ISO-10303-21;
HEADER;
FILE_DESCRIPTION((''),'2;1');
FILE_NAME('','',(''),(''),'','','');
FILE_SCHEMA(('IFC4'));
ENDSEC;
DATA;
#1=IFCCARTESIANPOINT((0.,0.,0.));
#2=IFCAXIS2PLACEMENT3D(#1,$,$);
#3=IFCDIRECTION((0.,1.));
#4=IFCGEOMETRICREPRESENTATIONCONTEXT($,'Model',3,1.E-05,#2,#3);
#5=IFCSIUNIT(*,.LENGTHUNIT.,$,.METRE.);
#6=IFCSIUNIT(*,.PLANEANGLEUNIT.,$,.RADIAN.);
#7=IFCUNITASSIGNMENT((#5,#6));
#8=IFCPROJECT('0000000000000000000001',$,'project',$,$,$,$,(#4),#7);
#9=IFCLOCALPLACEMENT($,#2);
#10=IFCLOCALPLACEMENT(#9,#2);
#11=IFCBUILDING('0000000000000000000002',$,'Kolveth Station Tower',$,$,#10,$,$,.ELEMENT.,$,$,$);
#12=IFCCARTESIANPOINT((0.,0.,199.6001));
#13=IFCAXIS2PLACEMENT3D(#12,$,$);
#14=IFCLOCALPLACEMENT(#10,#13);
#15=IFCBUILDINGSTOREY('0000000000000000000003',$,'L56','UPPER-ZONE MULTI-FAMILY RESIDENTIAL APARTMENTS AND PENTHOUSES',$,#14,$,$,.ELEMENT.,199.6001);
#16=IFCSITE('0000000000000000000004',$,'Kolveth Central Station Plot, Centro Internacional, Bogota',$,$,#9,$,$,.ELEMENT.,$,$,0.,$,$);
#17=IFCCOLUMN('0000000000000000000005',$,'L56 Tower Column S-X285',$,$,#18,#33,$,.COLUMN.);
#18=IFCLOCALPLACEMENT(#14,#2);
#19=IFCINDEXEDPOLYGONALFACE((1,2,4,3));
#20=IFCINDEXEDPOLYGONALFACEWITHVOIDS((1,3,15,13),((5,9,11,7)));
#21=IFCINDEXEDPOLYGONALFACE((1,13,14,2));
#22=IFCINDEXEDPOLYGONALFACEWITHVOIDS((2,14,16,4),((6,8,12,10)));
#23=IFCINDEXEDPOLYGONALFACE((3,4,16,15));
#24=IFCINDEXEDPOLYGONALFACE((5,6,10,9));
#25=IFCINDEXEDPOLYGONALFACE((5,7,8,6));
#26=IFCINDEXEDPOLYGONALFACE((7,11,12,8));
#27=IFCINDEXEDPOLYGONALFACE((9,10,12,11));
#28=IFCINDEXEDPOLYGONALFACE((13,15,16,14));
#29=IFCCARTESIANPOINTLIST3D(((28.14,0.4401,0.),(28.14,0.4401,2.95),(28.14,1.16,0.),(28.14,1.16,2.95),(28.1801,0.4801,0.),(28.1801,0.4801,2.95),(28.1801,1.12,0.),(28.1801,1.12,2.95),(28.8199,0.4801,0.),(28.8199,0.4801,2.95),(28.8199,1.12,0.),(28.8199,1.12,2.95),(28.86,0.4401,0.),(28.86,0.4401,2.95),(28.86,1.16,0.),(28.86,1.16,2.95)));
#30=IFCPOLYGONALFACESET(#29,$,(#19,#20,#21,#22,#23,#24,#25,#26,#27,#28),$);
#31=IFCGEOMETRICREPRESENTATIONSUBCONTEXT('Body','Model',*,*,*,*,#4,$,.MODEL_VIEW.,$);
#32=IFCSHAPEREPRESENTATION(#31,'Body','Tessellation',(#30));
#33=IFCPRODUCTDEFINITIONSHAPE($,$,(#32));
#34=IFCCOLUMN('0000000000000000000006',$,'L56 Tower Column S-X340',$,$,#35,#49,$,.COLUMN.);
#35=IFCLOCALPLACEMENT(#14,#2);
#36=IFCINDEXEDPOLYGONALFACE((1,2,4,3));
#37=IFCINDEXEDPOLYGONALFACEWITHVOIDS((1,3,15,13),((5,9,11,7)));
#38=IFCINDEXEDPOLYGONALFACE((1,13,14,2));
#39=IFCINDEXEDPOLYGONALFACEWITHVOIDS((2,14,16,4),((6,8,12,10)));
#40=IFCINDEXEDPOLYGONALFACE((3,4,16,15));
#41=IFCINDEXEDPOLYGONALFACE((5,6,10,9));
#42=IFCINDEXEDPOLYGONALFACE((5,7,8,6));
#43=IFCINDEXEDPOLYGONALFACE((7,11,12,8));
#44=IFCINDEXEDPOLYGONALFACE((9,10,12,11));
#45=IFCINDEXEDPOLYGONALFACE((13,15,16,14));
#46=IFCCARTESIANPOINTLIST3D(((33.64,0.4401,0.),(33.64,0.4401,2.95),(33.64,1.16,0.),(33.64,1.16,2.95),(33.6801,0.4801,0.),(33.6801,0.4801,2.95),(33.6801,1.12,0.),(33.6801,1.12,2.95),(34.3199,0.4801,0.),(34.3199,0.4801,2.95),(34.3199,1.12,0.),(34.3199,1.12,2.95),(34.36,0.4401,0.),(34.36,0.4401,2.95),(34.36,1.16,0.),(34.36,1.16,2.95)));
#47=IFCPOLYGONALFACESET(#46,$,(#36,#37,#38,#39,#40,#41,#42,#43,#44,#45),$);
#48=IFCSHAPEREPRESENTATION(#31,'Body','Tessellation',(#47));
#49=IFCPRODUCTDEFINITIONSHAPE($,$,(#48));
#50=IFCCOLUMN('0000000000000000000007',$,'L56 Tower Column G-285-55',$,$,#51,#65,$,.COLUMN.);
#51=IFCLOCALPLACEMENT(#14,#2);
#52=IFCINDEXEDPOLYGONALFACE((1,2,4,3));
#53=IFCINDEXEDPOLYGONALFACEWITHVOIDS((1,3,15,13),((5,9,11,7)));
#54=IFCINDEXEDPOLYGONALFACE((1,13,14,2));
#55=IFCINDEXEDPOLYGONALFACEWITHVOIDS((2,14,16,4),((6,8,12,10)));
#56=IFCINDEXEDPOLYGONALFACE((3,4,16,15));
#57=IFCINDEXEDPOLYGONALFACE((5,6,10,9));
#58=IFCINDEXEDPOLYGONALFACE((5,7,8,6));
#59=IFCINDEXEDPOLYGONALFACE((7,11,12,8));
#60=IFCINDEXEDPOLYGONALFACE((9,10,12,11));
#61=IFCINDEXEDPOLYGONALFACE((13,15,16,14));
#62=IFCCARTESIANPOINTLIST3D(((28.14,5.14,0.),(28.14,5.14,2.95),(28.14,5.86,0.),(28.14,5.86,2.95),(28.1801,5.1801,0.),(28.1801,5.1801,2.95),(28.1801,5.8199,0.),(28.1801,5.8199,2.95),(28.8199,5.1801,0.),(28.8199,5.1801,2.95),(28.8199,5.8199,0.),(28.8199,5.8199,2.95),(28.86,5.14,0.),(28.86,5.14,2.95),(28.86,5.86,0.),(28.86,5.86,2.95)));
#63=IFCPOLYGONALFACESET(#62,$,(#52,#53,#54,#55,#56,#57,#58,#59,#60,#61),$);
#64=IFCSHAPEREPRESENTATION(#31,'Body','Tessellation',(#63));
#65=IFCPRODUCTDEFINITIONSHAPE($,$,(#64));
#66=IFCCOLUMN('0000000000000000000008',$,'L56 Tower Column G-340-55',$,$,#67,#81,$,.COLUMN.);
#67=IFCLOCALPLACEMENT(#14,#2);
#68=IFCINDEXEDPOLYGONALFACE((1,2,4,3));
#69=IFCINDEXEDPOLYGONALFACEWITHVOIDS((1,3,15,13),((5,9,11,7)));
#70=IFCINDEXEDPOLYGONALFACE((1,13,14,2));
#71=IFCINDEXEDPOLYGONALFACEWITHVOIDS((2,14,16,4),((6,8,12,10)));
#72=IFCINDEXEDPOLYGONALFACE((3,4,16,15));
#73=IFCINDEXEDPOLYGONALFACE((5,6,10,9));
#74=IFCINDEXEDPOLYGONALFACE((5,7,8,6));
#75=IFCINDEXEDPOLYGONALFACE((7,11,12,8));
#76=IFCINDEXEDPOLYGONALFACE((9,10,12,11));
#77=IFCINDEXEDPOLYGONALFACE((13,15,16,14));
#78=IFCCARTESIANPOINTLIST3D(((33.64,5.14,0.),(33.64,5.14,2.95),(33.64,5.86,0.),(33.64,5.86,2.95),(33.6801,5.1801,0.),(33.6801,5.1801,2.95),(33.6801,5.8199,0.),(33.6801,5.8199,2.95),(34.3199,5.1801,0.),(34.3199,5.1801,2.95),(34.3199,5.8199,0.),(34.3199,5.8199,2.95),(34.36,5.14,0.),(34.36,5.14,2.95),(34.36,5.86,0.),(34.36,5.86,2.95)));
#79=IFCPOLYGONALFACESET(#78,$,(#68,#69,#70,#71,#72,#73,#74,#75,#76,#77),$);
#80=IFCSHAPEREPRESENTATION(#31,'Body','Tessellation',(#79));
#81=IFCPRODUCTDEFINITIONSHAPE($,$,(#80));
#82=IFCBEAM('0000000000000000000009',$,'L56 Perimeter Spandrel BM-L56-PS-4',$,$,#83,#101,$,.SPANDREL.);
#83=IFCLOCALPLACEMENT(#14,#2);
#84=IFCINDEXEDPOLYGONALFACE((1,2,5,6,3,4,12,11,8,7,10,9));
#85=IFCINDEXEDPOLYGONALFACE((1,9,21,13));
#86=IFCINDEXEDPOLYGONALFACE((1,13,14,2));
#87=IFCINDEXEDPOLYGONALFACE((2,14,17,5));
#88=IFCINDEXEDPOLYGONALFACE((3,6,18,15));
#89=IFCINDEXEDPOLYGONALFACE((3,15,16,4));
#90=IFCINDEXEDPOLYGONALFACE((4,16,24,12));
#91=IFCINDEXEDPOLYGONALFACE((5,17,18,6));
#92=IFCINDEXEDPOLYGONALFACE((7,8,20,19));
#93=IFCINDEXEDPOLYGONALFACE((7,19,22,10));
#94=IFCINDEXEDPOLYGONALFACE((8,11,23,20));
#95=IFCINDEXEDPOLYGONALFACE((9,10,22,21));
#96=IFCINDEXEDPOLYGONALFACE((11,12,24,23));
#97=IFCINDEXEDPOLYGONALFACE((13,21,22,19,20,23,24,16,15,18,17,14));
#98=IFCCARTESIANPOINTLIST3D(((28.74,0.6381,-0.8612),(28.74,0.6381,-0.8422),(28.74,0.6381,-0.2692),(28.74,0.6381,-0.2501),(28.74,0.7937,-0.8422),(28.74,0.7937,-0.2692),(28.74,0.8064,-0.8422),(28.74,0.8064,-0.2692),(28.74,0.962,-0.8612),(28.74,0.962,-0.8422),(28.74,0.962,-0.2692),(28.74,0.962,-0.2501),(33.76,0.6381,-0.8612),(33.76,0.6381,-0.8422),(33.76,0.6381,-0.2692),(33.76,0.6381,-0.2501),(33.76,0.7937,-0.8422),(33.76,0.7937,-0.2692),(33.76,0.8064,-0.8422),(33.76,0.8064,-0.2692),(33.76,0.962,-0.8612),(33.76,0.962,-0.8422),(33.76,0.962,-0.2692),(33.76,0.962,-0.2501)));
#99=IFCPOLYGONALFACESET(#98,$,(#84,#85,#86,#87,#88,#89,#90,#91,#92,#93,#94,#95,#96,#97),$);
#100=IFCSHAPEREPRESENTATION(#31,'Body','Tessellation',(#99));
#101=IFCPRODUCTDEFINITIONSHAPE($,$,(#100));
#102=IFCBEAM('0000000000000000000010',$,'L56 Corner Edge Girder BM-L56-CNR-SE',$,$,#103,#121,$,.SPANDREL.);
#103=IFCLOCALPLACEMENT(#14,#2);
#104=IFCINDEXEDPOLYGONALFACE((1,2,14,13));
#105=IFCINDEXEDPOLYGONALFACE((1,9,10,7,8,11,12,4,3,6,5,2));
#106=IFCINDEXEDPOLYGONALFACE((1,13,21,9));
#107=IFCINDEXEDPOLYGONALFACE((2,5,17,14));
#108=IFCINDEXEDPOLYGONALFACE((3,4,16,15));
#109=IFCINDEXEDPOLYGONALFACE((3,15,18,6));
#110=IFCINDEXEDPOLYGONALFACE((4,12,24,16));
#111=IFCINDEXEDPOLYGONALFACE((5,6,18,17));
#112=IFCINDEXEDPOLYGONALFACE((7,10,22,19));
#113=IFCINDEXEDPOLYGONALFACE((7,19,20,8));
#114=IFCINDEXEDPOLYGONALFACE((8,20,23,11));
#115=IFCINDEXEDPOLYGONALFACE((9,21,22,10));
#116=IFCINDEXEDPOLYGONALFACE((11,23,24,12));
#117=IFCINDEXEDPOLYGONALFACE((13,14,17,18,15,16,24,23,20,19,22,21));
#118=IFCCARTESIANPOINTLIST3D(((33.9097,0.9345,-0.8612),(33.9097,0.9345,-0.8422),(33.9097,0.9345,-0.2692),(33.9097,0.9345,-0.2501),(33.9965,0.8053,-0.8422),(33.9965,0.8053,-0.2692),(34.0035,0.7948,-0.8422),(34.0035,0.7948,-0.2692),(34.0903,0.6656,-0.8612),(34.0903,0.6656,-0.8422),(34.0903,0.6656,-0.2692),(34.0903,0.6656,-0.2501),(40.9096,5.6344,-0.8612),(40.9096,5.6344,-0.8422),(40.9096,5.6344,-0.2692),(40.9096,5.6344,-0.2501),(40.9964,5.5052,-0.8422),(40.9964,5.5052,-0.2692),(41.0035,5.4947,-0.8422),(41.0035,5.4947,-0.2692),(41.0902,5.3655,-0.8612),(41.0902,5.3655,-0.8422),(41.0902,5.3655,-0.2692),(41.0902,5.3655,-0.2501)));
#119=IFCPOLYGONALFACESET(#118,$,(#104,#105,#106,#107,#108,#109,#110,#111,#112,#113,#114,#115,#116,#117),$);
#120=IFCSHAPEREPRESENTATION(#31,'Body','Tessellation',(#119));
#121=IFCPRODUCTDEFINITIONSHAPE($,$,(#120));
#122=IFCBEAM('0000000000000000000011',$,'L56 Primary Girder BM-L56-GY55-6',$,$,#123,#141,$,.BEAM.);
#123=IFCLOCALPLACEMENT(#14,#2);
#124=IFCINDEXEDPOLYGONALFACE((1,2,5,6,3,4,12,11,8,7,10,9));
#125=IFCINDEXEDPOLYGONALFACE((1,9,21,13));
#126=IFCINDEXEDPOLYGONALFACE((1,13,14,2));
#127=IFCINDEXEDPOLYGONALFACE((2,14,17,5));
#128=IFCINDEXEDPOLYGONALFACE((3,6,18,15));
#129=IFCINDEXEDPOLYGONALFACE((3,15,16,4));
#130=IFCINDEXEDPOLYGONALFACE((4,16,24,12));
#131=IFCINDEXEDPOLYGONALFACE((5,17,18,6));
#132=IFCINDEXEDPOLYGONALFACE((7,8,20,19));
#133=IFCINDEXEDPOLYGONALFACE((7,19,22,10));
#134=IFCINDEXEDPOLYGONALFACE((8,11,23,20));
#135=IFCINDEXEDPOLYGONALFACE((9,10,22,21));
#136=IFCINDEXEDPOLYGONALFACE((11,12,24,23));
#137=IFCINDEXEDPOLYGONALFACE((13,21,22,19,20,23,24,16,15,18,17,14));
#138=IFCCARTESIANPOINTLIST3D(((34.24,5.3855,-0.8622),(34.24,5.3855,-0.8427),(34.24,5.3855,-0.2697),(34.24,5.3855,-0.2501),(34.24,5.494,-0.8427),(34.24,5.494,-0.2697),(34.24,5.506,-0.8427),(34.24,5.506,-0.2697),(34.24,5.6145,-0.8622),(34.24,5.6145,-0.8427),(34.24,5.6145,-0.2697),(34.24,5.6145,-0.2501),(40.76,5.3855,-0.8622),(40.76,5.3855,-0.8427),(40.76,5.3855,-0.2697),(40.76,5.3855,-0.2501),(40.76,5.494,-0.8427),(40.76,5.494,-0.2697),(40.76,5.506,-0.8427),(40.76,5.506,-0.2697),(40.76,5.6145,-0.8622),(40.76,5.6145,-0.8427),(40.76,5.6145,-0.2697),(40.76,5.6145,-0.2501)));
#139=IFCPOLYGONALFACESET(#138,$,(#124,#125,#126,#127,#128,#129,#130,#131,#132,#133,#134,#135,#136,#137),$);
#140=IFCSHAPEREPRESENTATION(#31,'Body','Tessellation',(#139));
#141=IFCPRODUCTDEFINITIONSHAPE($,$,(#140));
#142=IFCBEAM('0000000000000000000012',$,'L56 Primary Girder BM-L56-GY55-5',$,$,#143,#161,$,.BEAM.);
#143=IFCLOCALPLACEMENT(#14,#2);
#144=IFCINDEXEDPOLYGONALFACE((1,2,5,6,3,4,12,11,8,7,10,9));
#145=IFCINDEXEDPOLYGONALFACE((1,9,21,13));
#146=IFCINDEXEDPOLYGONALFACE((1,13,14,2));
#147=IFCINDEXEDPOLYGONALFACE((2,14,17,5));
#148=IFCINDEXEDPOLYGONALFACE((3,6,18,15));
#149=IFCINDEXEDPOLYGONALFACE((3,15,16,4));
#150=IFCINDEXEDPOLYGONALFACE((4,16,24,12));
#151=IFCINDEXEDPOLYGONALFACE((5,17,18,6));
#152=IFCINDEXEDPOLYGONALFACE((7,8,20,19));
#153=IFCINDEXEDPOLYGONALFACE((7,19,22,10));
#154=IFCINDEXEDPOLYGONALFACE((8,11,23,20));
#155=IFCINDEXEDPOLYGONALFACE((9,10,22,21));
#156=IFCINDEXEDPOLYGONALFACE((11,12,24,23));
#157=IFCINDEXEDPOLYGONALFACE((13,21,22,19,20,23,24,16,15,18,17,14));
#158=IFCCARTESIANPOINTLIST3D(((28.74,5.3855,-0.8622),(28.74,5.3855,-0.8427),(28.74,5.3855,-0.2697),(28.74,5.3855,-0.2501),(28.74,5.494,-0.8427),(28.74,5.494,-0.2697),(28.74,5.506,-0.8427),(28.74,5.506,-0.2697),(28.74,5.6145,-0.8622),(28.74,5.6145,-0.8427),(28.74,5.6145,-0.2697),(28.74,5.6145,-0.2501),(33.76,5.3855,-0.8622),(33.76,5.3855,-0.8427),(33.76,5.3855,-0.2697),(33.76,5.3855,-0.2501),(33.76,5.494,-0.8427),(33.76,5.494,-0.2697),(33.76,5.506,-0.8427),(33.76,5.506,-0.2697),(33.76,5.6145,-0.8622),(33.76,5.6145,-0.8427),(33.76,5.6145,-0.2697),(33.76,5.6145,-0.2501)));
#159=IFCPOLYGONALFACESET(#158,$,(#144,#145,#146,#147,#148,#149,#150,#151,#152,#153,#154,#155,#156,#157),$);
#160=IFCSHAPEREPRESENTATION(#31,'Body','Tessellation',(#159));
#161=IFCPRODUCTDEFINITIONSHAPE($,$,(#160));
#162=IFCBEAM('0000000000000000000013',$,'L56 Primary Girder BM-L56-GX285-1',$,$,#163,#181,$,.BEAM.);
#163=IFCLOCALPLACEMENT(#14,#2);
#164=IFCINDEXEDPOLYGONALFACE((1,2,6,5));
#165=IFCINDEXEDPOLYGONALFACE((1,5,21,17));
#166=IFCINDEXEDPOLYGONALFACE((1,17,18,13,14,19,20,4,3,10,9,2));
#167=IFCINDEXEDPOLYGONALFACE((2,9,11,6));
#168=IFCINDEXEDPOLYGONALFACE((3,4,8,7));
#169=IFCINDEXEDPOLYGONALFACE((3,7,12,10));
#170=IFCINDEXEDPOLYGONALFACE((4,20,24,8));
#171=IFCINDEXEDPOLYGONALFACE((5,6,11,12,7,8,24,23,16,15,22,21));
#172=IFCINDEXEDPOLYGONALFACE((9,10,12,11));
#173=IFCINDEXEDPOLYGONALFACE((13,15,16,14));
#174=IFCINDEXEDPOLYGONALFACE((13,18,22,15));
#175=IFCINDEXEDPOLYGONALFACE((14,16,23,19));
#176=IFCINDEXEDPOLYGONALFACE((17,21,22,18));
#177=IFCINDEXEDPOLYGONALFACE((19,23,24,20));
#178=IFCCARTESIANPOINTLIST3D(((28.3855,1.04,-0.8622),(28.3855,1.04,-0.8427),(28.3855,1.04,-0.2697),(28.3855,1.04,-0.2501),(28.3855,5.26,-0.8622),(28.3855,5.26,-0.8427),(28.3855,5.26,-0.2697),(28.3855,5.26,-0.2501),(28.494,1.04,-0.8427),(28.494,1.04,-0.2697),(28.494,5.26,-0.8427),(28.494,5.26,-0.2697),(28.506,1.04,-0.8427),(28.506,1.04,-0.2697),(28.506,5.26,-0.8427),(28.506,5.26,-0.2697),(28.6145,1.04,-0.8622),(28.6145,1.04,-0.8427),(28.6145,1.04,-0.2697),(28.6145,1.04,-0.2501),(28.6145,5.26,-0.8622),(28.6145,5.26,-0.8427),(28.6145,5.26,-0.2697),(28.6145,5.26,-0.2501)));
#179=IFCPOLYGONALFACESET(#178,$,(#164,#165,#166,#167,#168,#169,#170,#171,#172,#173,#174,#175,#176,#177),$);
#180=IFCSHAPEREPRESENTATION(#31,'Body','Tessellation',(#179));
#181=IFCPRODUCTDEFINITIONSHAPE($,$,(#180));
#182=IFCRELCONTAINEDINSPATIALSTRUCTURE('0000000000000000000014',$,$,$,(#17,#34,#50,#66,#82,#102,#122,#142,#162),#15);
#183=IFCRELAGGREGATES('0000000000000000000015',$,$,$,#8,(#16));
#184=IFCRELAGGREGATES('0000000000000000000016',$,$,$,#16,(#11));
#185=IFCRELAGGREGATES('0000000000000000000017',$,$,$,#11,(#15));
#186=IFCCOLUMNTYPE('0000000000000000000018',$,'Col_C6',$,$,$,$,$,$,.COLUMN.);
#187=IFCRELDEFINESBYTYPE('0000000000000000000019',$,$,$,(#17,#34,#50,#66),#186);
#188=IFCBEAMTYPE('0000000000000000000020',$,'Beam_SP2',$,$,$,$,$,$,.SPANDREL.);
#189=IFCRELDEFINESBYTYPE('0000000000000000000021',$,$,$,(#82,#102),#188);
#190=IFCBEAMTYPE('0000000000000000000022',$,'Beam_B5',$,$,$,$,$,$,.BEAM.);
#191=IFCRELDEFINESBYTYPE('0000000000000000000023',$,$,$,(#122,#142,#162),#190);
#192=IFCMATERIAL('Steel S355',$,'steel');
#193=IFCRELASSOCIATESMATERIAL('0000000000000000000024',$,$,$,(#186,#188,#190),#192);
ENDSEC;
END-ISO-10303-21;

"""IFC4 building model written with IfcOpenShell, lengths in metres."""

from ifc_helpers import new_model, si_unit, direction, frame, origin, origin_2d, place, context, subcontext, project, spatial, hollow_rectangle, i_section, extrude, source, transform, mapped, material, material_profile, profile_set, type_object, element, save


model = new_model("IFC4")

# Units and contexts
model_context = context("Model", 3, precision=1e-05, world=origin(), true_north=direction((0.0, 1.0)))
body_context = subcontext(model_context, "Body", "Model", "MODEL_VIEW")
ifc_project = project(units=[si_unit("LENGTHUNIT", "METRE"), si_unit("PLANEANGLEUNIT", "RADIAN")], contexts=[model_context])

# Site, building, storey
site_placement = place(None, origin())
site = spatial("IfcSite", under=ifc_project, at=site_placement, Name="Kolveth Central Station Plot, Centro Internacional, Bogota", CompositionType="ELEMENT", RefElevation=0.0)
building_placement = place(site_placement, origin())
building = spatial("IfcBuilding", under=site, at=building_placement, Name="Kolveth Station Tower", CompositionType="ELEMENT")
storey_placement = place(building_placement, frame((0.0, 0.0, 199.6001)))
storey = spatial("IfcBuildingStorey", under=building, at=storey_placement, Name="L56", Description="UPPER-ZONE MULTI-FAMILY RESIDENTIAL APARTMENTS AND PENTHOUSES", CompositionType="ELEMENT", Elevation=199.6001)

# Columns
ifc_material_1 = material(Name="Steel S355", Category="steel")
ifc_material_profile_1 = material_profile(ifc_material_1, hollow_rectangle(XDim=0.72, YDim=0.72, WallThickness=0.04, at=origin_2d()), Name="BOX720x720x40")
ifc_profile_set_1 = profile_set([ifc_material_profile_1], Name="Steel S355")
column_type = type_object("IfcColumnType", Name="Col_C6", PredefinedType="COLUMN", material=ifc_profile_set_1)
shared_shape_1 = source(origin(), body_context, "Body", "SweptSolid", [
    extrude(hollow_rectangle(XDim=0.72, YDim=0.72, WallThickness=0.04, at=origin_2d()), origin(), (0.0, 0.0, 1.0), 2.95),
])
for number, where, z_axis, x_axis, name in (
    (1, (28.5, 0.8, 0.0), (0.0, 0.0, 1.0), (1.0, 0.0, 0.0), "L56 Tower Column S-X285"),
    (2, (34.0, 0.8, 0.0), (0.0, 0.0, 1.0), (1.0, 0.0, 0.0), "L56 Tower Column S-X340"),
    (3, (28.5, 5.5, 0.0), (0.0, 0.0, 1.0), (1.0, 0.0, 0.0), "L56 Tower Column G-285-55"),
    (4, (34.0, 5.5, 0.0), (0.0, 0.0, 1.0), (1.0, 0.0, 0.0), "L56 Tower Column G-340-55"),
):
    element("IfcColumn", number, at=place(storey_placement, frame(where, z_axis=z_axis, x_axis=x_axis)), inside=storey, type_object=column_type, Name=name, PredefinedType="COLUMN", context=body_context, shape_type="MappedRepresentation", body=[
        mapped(shared_shape_1, transform((0.0, 0.0, 0.0), x_axis=(1.0, 0.0, 0.0), y_axis=(0.0, 1.0, 0.0), z_axis=(0.0, 0.0, 1.0), scale=1.0)),
    ])

# Beams
ifc_material_profile_2 = material_profile(ifc_material_1, i_section(OverallWidth=0.324, OverallDepth=0.6111, WebThickness=0.0127, FlangeThickness=0.019, at=origin_2d()), Name="W610x155")
ifc_profile_set_2 = profile_set([ifc_material_profile_2], Name="Steel S355")
beam_type_1 = type_object("IfcBeamType", Name="Beam_SP2", PredefinedType="SPANDREL", material=ifc_profile_set_2)
shared_shape_2 = source(origin(), body_context, "Body", "SweptSolid", [
    extrude(i_section(OverallWidth=0.324, OverallDepth=0.6111, WebThickness=0.0127, FlangeThickness=0.019, at=origin_2d()), origin(), (0.0, 0.0, 1.0), 5.02),
])
beam_1_placement = place(storey_placement, frame((28.74, 0.8, -0.5557), z_axis=(1.0, 0.0, 0.0), x_axis=(0.0, 1.0, 0.0)))
element("IfcBeam", 5, at=beam_1_placement, inside=storey, type_object=beam_type_1, Name="L56 Perimeter Spandrel BM-L56-PS-4", PredefinedType="SPANDREL", context=body_context, shape_type="MappedRepresentation", body=[
    mapped(shared_shape_2, transform((0.0, 0.0, 0.0), x_axis=(1.0, 0.0, 0.0), y_axis=(0.0, 1.0, 0.0), z_axis=(0.0, 0.0, 1.0), scale=1.0)),
])
shared_shape_3 = source(origin(), body_context, "Body", "SweptSolid", [
    extrude(i_section(OverallWidth=0.324, OverallDepth=0.6111, WebThickness=0.0127, FlangeThickness=0.019, at=origin_2d()), origin(), (0.0, 0.0, 1.0), 8.4314),
])
beam_2_placement = place(storey_placement, frame((34.0, 0.8, -0.5557), z_axis=(0.830224, 0.55743, 0.0), x_axis=(-0.55743, 0.830224, 0.0)))
element("IfcBeam", 6, at=beam_2_placement, inside=storey, type_object=beam_type_1, Name="L56 Corner Edge Girder BM-L56-CNR-SE", PredefinedType="SPANDREL", context=body_context, shape_type="MappedRepresentation", body=[
    mapped(shared_shape_3, transform((0.0, 0.0, 0.0), x_axis=(1.0, 0.0, 0.0), y_axis=(0.0, 1.0, 0.0), z_axis=(0.0, 0.0, 1.0), scale=1.0)),
])
ifc_material_profile_3 = material_profile(ifc_material_1, i_section(OverallWidth=0.229, OverallDepth=0.6121, WebThickness=0.012, FlangeThickness=0.0195, at=origin_2d()), Name="W610x125")
ifc_profile_set_3 = profile_set([ifc_material_profile_3], Name="Steel S355")
beam_type_2 = type_object("IfcBeamType", Name="Beam_B5", PredefinedType="BEAM", material=ifc_profile_set_3)
shared_shape_4 = source(origin(), body_context, "Body", "SweptSolid", [
    extrude(i_section(OverallWidth=0.229, OverallDepth=0.6121, WebThickness=0.012, FlangeThickness=0.0195, at=origin_2d()), origin(), (0.0, 0.0, 1.0), 6.52),
])
beam_3_placement = place(storey_placement, frame((34.24, 5.5, -0.5562), z_axis=(1.0, 0.0, 0.0), x_axis=(0.0, 1.0, 0.0)))
element("IfcBeam", 7, at=beam_3_placement, inside=storey, type_object=beam_type_2, Name="L56 Primary Girder BM-L56-GY55-6", PredefinedType="BEAM", context=body_context, shape_type="MappedRepresentation", body=[
    mapped(shared_shape_4, transform((0.0, 0.0, 0.0), x_axis=(1.0, 0.0, 0.0), y_axis=(0.0, 1.0, 0.0), z_axis=(0.0, 0.0, 1.0), scale=1.0)),
])
shared_shape_5 = source(origin(), body_context, "Body", "SweptSolid", [
    extrude(i_section(OverallWidth=0.229, OverallDepth=0.6121, WebThickness=0.012, FlangeThickness=0.0195, at=origin_2d()), origin(), (0.0, 0.0, 1.0), 5.02),
])
beam_4_placement = place(storey_placement, frame((28.74, 5.5, -0.5562), z_axis=(1.0, 0.0, 0.0), x_axis=(0.0, 1.0, 0.0)))
element("IfcBeam", 8, at=beam_4_placement, inside=storey, type_object=beam_type_2, Name="L56 Primary Girder BM-L56-GY55-5", PredefinedType="BEAM", context=body_context, shape_type="MappedRepresentation", body=[
    mapped(shared_shape_5, transform((0.0, 0.0, 0.0), x_axis=(1.0, 0.0, 0.0), y_axis=(0.0, 1.0, 0.0), z_axis=(0.0, 0.0, 1.0), scale=1.0)),
])
shared_shape_6 = source(origin(), body_context, "Body", "SweptSolid", [
    extrude(i_section(OverallWidth=0.229, OverallDepth=0.6121, WebThickness=0.012, FlangeThickness=0.0195, at=origin_2d()), origin(), (0.0, 0.0, 1.0), 4.22),
])
for number, where, z_axis, x_axis, name in (
    (9, (28.5, 1.04, -0.5562), (0.0, 1.0, 0.0), (-1.0, 0.0, 0.0), "L56 Primary Girder BM-L56-GX285-1"),
):
    element("IfcBeam", number, at=place(storey_placement, frame(where, z_axis=z_axis, x_axis=x_axis)), inside=storey, type_object=beam_type_2, Name=name, PredefinedType="BEAM", context=body_context, shape_type="MappedRepresentation", body=[
        mapped(shared_shape_6, transform((0.0, 0.0, 0.0), x_axis=(1.0, 0.0, 0.0), y_axis=(0.0, 1.0, 0.0), z_axis=(0.0, 0.0, 1.0), scale=1.0)),
    ])

save(model, "model.ifc")
